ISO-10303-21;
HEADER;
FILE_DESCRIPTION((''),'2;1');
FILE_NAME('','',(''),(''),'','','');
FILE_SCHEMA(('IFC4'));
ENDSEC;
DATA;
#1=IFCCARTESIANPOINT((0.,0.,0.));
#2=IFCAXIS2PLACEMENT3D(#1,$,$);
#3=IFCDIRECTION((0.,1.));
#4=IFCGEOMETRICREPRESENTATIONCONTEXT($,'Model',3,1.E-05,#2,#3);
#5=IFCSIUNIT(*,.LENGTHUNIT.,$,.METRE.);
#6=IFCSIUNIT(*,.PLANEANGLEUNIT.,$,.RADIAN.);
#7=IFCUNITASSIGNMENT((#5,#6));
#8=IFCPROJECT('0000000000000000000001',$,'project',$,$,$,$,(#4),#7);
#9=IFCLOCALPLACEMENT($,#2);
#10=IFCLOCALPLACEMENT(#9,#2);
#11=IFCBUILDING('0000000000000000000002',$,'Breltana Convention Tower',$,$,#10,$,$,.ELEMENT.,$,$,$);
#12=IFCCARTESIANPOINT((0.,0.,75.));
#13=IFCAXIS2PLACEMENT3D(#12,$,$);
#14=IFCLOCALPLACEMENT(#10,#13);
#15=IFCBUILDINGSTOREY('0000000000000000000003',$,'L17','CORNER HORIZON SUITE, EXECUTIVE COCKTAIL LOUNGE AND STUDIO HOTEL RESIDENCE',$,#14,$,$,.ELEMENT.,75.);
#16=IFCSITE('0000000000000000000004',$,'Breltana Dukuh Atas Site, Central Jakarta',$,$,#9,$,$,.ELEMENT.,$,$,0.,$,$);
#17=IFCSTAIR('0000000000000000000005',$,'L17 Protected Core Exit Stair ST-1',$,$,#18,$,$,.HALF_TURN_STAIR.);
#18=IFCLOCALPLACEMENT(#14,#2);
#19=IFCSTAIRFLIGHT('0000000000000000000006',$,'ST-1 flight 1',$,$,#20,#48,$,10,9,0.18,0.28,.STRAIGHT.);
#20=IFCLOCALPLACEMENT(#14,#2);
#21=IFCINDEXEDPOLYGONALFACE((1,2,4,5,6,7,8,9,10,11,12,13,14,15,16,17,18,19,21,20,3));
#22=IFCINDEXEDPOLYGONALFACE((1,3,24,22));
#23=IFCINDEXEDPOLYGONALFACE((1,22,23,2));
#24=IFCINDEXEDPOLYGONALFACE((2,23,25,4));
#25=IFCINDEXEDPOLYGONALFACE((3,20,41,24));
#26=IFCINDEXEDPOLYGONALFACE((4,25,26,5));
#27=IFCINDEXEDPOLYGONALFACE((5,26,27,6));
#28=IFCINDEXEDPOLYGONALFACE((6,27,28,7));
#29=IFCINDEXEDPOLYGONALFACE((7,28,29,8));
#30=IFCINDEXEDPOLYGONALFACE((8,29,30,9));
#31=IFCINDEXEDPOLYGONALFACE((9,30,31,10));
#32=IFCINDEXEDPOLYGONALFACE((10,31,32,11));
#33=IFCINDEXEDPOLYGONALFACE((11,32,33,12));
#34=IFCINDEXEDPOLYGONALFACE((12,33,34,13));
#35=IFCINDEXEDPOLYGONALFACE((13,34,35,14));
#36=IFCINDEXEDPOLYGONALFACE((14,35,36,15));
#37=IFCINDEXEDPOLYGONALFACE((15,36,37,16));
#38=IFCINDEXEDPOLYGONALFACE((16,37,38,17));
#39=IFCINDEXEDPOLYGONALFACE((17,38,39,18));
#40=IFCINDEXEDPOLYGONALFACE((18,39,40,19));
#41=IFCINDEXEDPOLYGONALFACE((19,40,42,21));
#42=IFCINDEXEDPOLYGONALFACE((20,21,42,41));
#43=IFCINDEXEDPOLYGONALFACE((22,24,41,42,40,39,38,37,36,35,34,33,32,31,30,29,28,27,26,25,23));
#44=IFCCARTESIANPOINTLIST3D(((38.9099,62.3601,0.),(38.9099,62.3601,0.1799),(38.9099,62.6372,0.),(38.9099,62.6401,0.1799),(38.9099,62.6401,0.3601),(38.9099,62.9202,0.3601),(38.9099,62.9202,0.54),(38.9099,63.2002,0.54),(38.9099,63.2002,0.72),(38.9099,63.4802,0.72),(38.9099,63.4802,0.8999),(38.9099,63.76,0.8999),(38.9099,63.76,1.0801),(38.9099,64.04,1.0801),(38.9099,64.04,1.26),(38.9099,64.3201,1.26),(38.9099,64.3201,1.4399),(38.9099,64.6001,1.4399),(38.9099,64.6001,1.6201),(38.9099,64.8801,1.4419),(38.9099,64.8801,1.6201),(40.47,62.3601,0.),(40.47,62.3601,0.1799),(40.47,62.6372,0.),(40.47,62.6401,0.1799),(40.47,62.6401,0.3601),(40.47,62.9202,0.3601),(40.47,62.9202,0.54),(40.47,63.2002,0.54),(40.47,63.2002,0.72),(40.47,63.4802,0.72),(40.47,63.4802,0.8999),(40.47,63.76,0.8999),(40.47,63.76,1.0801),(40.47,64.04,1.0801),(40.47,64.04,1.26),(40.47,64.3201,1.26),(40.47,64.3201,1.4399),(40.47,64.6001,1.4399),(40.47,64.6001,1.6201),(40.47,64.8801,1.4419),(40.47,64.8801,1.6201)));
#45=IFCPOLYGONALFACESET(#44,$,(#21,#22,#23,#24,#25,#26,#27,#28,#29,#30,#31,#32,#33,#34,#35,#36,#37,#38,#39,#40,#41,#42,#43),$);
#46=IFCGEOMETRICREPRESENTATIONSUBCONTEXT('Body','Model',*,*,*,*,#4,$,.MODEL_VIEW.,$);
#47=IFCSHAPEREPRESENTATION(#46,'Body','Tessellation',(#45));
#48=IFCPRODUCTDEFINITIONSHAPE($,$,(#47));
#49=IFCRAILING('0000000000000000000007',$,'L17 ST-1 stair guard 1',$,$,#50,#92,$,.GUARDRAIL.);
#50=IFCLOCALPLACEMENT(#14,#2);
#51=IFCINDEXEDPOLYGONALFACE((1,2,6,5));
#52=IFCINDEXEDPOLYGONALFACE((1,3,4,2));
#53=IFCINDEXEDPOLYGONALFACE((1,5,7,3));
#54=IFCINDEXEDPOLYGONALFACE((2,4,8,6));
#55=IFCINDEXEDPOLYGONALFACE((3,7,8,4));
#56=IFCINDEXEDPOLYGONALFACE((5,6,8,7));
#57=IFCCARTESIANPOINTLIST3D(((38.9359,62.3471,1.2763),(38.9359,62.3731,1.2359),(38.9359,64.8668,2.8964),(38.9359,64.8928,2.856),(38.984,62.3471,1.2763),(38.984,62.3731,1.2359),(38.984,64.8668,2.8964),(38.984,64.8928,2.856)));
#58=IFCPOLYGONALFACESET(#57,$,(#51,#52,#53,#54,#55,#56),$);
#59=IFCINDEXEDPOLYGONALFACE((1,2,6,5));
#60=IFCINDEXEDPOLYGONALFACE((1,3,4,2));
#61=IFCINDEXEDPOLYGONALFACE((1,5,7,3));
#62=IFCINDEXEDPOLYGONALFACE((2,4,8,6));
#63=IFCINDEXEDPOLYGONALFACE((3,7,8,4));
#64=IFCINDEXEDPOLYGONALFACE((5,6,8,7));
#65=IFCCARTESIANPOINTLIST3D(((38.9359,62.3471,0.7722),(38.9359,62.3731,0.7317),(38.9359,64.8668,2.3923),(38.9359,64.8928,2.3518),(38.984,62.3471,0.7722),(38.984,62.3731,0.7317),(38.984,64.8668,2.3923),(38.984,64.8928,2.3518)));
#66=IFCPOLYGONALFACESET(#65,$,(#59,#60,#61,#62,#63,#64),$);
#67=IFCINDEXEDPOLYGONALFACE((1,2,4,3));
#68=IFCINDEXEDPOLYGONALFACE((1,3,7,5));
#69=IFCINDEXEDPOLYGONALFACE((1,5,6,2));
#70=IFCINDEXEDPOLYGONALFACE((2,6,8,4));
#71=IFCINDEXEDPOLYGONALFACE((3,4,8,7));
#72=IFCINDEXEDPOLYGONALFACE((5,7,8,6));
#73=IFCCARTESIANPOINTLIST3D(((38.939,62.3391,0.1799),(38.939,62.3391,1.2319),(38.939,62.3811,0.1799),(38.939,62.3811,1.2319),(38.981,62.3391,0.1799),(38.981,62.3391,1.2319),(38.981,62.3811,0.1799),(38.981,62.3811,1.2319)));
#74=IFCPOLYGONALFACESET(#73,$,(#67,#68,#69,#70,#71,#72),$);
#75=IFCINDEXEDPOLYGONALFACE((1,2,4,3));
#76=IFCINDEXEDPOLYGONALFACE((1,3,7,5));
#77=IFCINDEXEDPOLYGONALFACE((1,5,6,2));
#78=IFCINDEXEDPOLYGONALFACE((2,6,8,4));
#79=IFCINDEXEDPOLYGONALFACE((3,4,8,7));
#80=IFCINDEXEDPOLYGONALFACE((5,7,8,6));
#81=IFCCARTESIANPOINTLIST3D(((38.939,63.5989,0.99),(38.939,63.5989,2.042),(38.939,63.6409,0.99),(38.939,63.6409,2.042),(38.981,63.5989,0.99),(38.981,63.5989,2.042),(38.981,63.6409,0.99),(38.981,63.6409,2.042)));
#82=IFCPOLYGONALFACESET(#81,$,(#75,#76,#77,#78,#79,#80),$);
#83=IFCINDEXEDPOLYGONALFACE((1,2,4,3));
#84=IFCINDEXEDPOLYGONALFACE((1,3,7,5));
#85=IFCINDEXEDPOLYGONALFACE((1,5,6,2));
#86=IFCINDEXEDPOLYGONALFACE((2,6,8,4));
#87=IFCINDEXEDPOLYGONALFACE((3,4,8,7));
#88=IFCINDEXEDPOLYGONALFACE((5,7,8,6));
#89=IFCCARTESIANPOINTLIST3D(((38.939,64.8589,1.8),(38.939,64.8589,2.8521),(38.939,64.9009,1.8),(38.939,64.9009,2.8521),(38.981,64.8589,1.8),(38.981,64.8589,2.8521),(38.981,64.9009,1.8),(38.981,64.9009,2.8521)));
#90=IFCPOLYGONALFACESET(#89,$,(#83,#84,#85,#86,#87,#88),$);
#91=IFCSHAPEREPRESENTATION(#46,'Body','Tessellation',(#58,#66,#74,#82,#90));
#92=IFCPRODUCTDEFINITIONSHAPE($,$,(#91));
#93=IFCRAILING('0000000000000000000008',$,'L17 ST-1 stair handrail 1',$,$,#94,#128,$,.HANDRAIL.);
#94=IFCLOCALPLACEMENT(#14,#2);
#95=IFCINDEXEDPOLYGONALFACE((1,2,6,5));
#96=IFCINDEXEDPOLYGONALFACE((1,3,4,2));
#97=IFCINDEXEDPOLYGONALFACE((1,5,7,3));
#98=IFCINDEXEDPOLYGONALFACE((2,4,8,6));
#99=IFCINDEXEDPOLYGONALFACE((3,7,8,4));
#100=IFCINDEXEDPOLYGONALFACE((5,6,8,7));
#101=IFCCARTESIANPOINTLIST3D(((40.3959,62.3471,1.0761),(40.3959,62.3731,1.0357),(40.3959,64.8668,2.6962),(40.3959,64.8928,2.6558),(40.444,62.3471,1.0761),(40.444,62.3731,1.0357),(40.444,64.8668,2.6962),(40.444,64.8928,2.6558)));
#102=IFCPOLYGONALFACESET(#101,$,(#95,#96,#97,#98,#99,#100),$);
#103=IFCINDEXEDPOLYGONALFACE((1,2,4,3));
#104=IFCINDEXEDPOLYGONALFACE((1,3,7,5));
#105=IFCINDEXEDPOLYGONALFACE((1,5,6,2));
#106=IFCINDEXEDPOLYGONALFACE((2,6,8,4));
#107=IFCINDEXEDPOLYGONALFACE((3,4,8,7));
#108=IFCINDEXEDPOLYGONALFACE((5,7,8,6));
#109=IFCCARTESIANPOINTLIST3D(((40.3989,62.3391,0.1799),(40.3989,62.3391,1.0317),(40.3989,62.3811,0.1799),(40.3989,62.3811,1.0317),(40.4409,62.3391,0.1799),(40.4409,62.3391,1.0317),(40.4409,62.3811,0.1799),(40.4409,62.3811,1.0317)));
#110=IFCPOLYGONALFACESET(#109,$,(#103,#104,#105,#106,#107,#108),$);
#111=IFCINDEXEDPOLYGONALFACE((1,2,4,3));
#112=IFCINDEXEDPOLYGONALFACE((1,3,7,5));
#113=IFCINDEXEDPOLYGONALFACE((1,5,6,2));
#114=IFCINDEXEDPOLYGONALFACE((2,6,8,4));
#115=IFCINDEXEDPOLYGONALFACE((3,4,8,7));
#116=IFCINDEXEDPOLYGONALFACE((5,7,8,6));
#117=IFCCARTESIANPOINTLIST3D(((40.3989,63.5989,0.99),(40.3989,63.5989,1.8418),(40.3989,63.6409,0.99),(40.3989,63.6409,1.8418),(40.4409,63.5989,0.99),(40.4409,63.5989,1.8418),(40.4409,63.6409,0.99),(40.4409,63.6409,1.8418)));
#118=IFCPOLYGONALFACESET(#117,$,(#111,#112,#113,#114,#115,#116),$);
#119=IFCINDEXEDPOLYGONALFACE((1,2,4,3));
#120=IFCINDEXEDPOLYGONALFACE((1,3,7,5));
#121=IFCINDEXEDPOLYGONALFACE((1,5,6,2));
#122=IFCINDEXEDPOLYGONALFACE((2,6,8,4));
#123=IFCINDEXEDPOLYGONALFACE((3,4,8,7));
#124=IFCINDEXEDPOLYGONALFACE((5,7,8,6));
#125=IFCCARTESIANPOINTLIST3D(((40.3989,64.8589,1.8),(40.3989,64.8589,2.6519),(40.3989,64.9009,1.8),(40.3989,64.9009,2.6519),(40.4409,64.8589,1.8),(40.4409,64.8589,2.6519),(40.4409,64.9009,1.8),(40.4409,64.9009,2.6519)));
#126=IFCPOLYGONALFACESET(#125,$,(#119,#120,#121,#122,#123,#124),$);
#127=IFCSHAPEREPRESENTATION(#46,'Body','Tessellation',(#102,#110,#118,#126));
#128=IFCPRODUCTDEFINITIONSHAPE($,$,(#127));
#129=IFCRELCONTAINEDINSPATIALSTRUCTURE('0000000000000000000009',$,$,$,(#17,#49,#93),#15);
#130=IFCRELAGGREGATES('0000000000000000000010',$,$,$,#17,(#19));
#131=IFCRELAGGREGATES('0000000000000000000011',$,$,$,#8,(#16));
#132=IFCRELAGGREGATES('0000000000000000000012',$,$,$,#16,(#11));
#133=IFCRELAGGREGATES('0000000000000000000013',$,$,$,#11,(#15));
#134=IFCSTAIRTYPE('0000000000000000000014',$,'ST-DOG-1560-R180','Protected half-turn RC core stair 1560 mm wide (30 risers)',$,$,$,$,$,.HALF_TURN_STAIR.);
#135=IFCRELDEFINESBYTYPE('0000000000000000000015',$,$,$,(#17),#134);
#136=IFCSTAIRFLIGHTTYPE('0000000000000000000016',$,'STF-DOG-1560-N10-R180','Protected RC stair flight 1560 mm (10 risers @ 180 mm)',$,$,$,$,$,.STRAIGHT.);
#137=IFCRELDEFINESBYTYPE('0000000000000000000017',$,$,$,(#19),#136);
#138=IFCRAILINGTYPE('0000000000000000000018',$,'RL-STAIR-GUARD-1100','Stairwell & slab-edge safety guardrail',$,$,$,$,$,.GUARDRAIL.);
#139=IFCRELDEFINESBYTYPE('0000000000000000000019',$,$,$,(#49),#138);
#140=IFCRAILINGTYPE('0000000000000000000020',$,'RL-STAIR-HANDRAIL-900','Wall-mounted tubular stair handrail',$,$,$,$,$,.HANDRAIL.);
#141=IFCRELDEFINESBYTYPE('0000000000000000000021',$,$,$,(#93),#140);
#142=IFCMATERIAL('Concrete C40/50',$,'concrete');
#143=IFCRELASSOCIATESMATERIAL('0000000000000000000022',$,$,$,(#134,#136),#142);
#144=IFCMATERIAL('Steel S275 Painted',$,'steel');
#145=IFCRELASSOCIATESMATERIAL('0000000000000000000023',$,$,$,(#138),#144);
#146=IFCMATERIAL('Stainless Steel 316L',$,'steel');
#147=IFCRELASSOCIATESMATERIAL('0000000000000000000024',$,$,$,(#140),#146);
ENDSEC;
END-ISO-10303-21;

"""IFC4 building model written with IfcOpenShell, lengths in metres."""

from ifc_helpers import new_model, si_unit, direction, frame, origin, origin_2d, place, context, subcontext, project, spatial, polyline, rectangle, outline, extrude, material, type_object, element, aggregate, save


model = new_model("IFC4")

# Units and contexts
model_context = context("Model", 3, precision=1e-05, world=origin(), true_north=direction((0.0, 1.0)))
body_context = subcontext(model_context, "Body", "Model", "MODEL_VIEW")
ifc_project = project(units=[si_unit("LENGTHUNIT", "METRE"), si_unit("PLANEANGLEUNIT", "RADIAN")], contexts=[model_context])

# Site, building, storey
site_placement = place(None, origin())
site = spatial("IfcSite", under=ifc_project, at=site_placement, Name="Breltana Dukuh Atas Site, Central Jakarta", CompositionType="ELEMENT", RefElevation=0.0)
building_placement = place(site_placement, origin())
building = spatial("IfcBuilding", under=site, at=building_placement, Name="Breltana Convention Tower", CompositionType="ELEMENT")
storey_placement = place(building_placement, frame((0.0, 0.0, 75.0)))
storey = spatial("IfcBuildingStorey", under=building, at=storey_placement, Name="L17", Description="CORNER HORIZON SUITE, EXECUTIVE COCKTAIL LOUNGE AND STUDIO HOTEL RESIDENCE", CompositionType="ELEMENT", Elevation=75.0)

# Stair, stair flight
ifc_material_1 = material(Name="Concrete C40/50", Category="concrete")
stair_type = type_object("IfcStairType", Name="ST-DOG-1560-R180", Description="Protected half-turn RC core stair 1560 mm wide (30 risers)", PredefinedType="HALF_TURN_STAIR", material=ifc_material_1)
stair_placement = place(storey_placement, origin())
stair = element("IfcStair", 1, at=stair_placement, inside=storey, type_object=stair_type, Name="L17 Protected Core Exit Stair ST-1", PredefinedType="HALF_TURN_STAIR")
stair_flight_type = type_object("IfcStairFlightType", Name="STF-DOG-1560-N10-R180", Description="Protected RC stair flight 1560 mm (10 risers @ 180 mm)", PredefinedType="STRAIGHT", material=ifc_material_1)
stair_flight_placement = place(storey_placement, frame((39.6899, 62.3601, 0.0), z_axis=(0.0, 0.0, 1.0), x_axis=(0.0, 1.0, 0.0)))
stair_flight = element("IfcStairFlight", 2, at=stair_flight_placement, type_object=stair_flight_type, Name="ST-1 flight 1", NumberOfRisers=10, NumberOfTreads=9, PredefinedType="STRAIGHT", RiserHeight=0.18, TreadLength=0.28, context=body_context, shape_type="SweptSolid", body=[
    extrude(outline(polyline([(0.0, 0.0), (0.0, 0.1799), (0.28, 0.1799), (0.28, 0.3601), (0.5601, 0.3601), (0.5601, 0.54), (0.8401, 0.54), (0.8401, 0.72), (1.1201, 0.72), (1.1201, 0.8999), (1.3999, 0.8999), (1.3999, 1.0801), (1.6799, 1.0801), (1.6799, 1.26), (1.96, 1.26), (1.96, 1.4399), (2.24, 1.4399), (2.24, 1.6201), (2.52, 1.6201), (2.52, 1.8), (2.52, 1.4419), (0.2771, 0.0), (0.0, 0.0)])), frame((0.0, 0.78, 0.0), z_axis=(0.0, -1.0, 0.0), x_axis=(1.0, 0.0, 0.0)), (0.0, 0.0, 1.0), 1.5601),
])
aggregate(stair, [stair_flight])

# Railings
ifc_material_2 = material(Name="Steel S275 Painted", Category="steel")
railing_type_1 = type_object("IfcRailingType", Name="RL-STAIR-GUARD-1100", Description="Stairwell & slab-edge safety guardrail", PredefinedType="GUARDRAIL", material=ifc_material_2)
railing_1_placement = place(storey_placement, frame((38.96, 62.3601, 0.1799)))
element("IfcRailing", 3, at=railing_1_placement, inside=storey, type_object=railing_type_1, Name="L17 ST-1 stair guard 1", PredefinedType="GUARDRAIL", context=body_context, shape_type="SweptSolid", body=[
    extrude(rectangle(XDim=0.0481, YDim=0.0481, at=origin_2d()), frame((0.0, 0.0, 1.0762), z_axis=(0.0, 0.841139, 0.540819), x_axis=(-1.0, 0.0, 0.0)), (0.0, 0.0, 1.0), 2.9956),
    extrude(rectangle(XDim=0.0481, YDim=0.0481, at=origin_2d()), frame((0.0, 0.0, 0.572), z_axis=(0.0, 0.841139, 0.540819), x_axis=(-1.0, 0.0, 0.0)), (0.0, 0.0, 1.0), 2.9956),
    extrude(rectangle(XDim=0.042, YDim=0.042, at=origin_2d()), origin(), (0.0, 0.0, 1.0), 1.052),
    extrude(rectangle(XDim=0.042, YDim=0.042, at=origin_2d()), frame((0.0, 1.2598, 0.8101)), (0.0, 0.0, 1.0), 1.052),
    extrude(rectangle(XDim=0.042, YDim=0.042, at=origin_2d()), frame((0.0, 2.5198, 1.6201)), (0.0, 0.0, 1.0), 1.052),
])
ifc_material_3 = material(Name="Stainless Steel 316L", Category="steel")
railing_type_2 = type_object("IfcRailingType", Name="RL-STAIR-HANDRAIL-900", Description="Wall-mounted tubular stair handrail", PredefinedType="HANDRAIL", material=ifc_material_3)
railing_2_placement = place(storey_placement, frame((40.4199, 62.3601, 0.1799)))
element("IfcRailing", 4, at=railing_2_placement, inside=storey, type_object=railing_type_2, Name="L17 ST-1 stair handrail 1", PredefinedType="HANDRAIL", context=body_context, shape_type="SweptSolid", body=[
    extrude(rectangle(XDim=0.0481, YDim=0.0481, at=origin_2d()), frame((0.0, 0.0, 0.876), z_axis=(0.0, 0.841139, 0.540819), x_axis=(-1.0, 0.0, 0.0)), (0.0, 0.0, 1.0), 2.9956),
    extrude(rectangle(XDim=0.042, YDim=0.042, at=origin_2d()), origin(), (0.0, 0.0, 1.0), 0.8518),
    extrude(rectangle(XDim=0.042, YDim=0.042, at=origin_2d()), frame((0.0, 1.2598, 0.8101)), (0.0, 0.0, 1.0), 0.8518),
    extrude(rectangle(XDim=0.042, YDim=0.042, at=origin_2d()), frame((0.0, 2.5198, 1.6201)), (0.0, 0.0, 1.0), 0.8518),
])

save(model, "model.ifc")
